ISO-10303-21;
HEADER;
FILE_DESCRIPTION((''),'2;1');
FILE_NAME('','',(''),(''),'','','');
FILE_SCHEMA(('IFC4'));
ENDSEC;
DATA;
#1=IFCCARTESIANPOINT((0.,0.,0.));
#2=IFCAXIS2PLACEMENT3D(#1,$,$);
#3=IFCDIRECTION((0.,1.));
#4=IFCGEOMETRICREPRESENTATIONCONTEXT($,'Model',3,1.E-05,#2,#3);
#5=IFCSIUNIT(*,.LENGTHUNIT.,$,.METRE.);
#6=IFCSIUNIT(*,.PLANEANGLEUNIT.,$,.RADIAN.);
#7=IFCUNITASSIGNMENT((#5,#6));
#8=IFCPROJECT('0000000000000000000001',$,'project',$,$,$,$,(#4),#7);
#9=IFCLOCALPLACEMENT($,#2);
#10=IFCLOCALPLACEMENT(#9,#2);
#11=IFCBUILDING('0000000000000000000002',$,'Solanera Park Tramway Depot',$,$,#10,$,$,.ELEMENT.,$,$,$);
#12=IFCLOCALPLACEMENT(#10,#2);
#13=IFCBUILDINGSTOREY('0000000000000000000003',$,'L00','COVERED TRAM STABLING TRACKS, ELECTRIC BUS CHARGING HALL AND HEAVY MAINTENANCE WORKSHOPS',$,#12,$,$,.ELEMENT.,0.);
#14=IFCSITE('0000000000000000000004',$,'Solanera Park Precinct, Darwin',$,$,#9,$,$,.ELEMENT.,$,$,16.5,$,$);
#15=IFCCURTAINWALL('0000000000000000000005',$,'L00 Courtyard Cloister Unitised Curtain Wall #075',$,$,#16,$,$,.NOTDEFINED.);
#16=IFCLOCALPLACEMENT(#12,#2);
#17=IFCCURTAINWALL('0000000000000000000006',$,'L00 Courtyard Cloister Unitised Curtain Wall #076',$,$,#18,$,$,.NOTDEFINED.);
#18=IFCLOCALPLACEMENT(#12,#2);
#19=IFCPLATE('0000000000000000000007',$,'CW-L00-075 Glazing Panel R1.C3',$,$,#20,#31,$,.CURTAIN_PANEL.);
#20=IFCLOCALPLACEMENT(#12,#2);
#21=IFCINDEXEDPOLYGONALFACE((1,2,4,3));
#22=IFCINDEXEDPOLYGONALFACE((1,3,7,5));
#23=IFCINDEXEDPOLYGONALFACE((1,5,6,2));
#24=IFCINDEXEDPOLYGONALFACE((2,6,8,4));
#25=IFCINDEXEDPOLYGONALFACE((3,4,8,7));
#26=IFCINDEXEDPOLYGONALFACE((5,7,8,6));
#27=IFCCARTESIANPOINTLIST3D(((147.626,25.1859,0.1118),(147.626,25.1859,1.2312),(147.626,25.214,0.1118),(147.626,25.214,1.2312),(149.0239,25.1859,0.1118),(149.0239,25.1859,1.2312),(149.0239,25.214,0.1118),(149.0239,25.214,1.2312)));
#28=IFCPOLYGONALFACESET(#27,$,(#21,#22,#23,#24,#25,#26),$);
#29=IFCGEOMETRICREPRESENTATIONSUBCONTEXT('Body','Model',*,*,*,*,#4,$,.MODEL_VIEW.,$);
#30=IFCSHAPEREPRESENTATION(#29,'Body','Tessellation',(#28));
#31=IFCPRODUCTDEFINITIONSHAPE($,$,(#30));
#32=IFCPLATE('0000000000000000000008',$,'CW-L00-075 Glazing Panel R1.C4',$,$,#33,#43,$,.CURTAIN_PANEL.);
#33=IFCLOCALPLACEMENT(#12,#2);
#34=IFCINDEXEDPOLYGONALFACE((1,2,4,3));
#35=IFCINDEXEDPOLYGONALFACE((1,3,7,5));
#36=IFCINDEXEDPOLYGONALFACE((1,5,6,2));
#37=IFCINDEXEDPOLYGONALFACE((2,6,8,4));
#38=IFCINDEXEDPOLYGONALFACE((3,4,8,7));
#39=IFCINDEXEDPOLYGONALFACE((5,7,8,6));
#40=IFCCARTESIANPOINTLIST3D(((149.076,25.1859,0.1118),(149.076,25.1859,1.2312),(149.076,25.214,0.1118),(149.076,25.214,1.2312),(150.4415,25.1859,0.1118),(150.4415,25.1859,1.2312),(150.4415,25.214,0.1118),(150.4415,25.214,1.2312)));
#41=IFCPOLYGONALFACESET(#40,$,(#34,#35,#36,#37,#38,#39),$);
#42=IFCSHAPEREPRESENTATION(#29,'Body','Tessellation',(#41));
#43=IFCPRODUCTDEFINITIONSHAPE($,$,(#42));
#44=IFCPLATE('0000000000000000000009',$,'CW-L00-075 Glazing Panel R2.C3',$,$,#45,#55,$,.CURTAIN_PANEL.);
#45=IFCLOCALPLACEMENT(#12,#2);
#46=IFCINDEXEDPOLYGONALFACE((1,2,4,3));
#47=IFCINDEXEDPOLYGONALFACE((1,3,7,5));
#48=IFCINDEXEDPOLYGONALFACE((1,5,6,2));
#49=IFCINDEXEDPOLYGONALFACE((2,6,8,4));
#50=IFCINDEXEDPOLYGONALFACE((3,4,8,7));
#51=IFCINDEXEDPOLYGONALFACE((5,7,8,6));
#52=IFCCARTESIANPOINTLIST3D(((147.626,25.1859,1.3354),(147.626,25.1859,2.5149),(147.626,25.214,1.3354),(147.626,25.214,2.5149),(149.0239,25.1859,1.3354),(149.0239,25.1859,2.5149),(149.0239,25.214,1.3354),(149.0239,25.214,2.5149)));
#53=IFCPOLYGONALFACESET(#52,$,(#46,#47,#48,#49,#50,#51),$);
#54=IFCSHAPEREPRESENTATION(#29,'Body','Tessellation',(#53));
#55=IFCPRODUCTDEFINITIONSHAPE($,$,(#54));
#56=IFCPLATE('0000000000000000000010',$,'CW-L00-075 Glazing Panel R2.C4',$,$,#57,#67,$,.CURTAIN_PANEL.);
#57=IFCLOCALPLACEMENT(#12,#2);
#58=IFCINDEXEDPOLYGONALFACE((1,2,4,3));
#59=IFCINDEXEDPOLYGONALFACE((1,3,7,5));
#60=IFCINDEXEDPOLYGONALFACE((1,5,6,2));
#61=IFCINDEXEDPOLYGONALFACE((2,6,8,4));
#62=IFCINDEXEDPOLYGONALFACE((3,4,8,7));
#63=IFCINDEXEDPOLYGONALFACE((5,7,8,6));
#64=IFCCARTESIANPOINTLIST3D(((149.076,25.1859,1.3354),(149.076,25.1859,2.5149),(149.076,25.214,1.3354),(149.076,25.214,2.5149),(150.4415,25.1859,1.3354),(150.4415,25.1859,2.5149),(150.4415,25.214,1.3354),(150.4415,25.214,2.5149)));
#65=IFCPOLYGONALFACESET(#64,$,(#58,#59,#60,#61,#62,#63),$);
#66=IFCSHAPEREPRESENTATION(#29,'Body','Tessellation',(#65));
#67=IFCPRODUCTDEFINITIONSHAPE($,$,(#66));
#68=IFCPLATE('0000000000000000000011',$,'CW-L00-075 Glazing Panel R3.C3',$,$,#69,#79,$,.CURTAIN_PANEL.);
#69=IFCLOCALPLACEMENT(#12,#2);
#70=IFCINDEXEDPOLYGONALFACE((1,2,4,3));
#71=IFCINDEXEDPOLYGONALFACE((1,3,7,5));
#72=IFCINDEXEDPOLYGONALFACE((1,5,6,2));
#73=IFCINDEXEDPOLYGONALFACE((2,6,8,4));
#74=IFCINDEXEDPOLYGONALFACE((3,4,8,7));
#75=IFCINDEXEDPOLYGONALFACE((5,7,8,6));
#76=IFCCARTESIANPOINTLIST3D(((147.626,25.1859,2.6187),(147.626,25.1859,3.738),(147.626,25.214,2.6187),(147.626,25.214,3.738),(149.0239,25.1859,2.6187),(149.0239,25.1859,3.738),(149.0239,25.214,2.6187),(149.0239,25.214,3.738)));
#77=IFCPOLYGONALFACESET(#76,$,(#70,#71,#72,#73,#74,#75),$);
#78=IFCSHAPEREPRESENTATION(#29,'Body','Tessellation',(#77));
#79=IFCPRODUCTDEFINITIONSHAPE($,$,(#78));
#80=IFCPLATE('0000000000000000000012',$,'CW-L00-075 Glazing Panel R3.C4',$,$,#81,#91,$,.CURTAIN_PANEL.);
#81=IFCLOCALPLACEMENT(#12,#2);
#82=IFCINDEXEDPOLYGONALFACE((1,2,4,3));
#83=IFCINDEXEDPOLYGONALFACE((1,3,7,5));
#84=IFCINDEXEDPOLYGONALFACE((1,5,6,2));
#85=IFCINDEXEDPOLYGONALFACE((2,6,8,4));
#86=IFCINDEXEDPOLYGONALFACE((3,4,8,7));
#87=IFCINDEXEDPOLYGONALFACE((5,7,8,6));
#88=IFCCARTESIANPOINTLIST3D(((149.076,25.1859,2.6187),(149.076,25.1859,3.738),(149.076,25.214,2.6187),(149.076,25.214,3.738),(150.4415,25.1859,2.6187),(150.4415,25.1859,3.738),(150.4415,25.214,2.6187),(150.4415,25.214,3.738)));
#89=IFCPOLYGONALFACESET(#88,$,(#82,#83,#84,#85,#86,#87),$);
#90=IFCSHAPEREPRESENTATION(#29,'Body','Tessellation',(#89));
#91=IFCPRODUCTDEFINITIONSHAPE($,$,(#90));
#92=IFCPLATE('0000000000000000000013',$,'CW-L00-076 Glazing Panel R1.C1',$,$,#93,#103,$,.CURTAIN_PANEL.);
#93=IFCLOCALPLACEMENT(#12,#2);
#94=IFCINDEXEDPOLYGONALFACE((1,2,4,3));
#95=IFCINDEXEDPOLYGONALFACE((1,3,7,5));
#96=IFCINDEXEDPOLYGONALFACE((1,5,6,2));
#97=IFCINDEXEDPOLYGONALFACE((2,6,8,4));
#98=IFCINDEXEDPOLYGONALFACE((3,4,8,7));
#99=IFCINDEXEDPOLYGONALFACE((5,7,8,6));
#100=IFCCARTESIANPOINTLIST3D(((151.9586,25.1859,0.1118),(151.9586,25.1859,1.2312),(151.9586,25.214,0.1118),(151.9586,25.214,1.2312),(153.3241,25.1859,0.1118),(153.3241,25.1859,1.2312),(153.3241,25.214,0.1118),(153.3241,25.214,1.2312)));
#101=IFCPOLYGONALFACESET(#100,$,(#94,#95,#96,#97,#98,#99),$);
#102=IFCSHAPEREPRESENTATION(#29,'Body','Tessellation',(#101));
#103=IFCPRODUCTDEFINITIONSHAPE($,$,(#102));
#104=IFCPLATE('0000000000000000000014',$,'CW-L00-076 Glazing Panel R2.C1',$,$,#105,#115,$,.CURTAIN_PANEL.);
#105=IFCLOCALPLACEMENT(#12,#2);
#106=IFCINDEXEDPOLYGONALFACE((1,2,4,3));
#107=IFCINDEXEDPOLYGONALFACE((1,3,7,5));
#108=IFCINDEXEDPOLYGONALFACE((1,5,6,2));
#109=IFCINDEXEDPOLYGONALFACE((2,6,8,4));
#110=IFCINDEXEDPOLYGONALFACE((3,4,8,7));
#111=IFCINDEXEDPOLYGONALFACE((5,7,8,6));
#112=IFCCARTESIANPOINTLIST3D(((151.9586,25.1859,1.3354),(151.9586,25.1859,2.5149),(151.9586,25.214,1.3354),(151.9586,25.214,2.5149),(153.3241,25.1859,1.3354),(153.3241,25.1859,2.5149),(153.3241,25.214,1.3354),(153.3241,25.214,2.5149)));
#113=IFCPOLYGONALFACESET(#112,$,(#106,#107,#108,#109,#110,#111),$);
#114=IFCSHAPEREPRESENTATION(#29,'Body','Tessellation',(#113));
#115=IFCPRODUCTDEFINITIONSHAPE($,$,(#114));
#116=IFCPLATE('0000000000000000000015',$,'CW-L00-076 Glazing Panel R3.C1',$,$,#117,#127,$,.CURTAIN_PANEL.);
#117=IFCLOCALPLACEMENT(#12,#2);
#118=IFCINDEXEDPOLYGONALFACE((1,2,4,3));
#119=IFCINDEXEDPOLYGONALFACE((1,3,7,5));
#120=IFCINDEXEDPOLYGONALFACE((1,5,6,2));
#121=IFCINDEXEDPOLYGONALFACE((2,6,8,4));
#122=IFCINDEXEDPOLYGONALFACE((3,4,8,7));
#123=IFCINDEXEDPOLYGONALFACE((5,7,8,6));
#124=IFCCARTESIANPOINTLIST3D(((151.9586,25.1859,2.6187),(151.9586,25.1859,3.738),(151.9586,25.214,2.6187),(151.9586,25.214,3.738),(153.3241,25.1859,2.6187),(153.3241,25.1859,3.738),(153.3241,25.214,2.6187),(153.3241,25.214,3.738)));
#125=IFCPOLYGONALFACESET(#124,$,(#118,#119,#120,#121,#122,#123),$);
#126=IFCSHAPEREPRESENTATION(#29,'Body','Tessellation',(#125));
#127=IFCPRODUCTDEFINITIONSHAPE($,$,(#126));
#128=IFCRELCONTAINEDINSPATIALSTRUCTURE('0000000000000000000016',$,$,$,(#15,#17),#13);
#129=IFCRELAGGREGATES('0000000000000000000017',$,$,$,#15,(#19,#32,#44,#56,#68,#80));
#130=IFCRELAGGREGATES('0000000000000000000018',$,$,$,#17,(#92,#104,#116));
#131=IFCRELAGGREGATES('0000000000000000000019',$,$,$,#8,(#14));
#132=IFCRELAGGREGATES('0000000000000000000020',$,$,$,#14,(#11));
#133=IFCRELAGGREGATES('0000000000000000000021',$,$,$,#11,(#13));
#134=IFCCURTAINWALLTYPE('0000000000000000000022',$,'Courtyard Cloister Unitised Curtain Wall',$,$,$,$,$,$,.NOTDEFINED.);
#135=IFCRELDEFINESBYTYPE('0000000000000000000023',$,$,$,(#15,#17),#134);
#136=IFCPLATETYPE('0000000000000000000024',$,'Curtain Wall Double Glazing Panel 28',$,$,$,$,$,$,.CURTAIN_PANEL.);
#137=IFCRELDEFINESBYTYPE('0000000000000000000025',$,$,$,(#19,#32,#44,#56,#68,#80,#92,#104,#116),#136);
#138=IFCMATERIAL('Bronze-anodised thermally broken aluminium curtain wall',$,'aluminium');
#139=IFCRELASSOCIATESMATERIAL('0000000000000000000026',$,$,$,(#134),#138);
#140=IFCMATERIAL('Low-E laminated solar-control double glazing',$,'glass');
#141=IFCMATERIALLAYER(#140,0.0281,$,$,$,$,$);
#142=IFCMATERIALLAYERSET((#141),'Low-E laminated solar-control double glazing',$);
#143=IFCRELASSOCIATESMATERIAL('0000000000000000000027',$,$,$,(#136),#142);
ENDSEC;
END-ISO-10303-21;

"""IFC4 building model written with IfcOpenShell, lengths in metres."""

from ifc_helpers import new_model, si_unit, direction, frame, origin, origin_2d, place, context, subcontext, project, spatial, rectangle, extrude, material, layer, layer_set, type_object, element, aggregate, save


model = new_model("IFC4")

# Units and contexts
model_context = context("Model", 3, precision=1e-05, world=origin(), true_north=direction((0.0, 1.0)))
body_context = subcontext(model_context, "Body", "Model", "MODEL_VIEW")
ifc_project = project(units=[si_unit("LENGTHUNIT", "METRE"), si_unit("PLANEANGLEUNIT", "RADIAN")], contexts=[model_context])

# Site, building, storey
site_placement = place(None, origin())
site = spatial("IfcSite", under=ifc_project, at=site_placement, Name="Solanera Park Precinct, Darwin", CompositionType="ELEMENT", RefElevation=16.5)
building_placement = place(site_placement, origin())
building = spatial("IfcBuilding", under=site, at=building_placement, Name="Solanera Park Tramway Depot", CompositionType="ELEMENT")
storey_placement = place(building_placement, origin())
storey = spatial("IfcBuildingStorey", under=building, at=storey_placement, Name="L00", Description="COVERED TRAM STABLING TRACKS, ELECTRIC BUS CHARGING HALL AND HEAVY MAINTENANCE WORKSHOPS", CompositionType="ELEMENT", Elevation=0.0)

# Curtain walls
ifc_material_1 = material(Name="Bronze-anodised thermally broken aluminium curtain wall", Category="aluminium")
curtain_wall_type = type_object("IfcCurtainWallType", Name="Courtyard Cloister Unitised Curtain Wall", PredefinedType="NOTDEFINED", material=ifc_material_1)
curtain_wall_1_placement = place(storey_placement, origin())
curtain_wall_1 = element("IfcCurtainWall", 1, at=curtain_wall_1_placement, inside=storey, type_object=curtain_wall_type, Name="L00 Courtyard Cloister Unitised Curtain Wall #075", PredefinedType="NOTDEFINED")
curtain_wall_2_placement = place(storey_placement, origin())
curtain_wall_2 = element("IfcCurtainWall", 2, at=curtain_wall_2_placement, inside=storey, type_object=curtain_wall_type, Name="L00 Courtyard Cloister Unitised Curtain Wall #076", PredefinedType="NOTDEFINED")

# Plates
ifc_material_2 = material(Name="Low-E laminated solar-control double glazing", Category="glass")
ifc_layer = layer(ifc_material_2, 0.0281)
ifc_layer_set = layer_set([ifc_layer], Name="Low-E laminated solar-control double glazing")
plate_type = type_object("IfcPlateType", Name="Curtain Wall Double Glazing Panel 28", PredefinedType="CURTAIN_PANEL", material=ifc_layer_set)
plate_1_placement = place(storey_placement, frame((148.325, 25.2, 0.1118), z_axis=(0.0, 0.0, 1.0), x_axis=(1.0, 0.0, 0.0)))
plate_1 = element("IfcPlate", 3, at=plate_1_placement, type_object=plate_type, Name="CW-L00-075 Glazing Panel R1.C3", PredefinedType="CURTAIN_PANEL", context=body_context, shape_type="SweptSolid", body=[
    extrude(rectangle(XDim=1.3979, YDim=0.0281, at=origin_2d()), origin(), (0.0, 0.0, 1.0), 1.1194),
])
plate_2_placement = place(storey_placement, frame((149.7588, 25.2, 0.1118), z_axis=(0.0, 0.0, 1.0), x_axis=(1.0, 0.0, 0.0)))
plate_2 = element("IfcPlate", 4, at=plate_2_placement, type_object=plate_type, Name="CW-L00-075 Glazing Panel R1.C4", PredefinedType="CURTAIN_PANEL", context=body_context, shape_type="SweptSolid", body=[
    extrude(rectangle(XDim=1.3655, YDim=0.0281, at=origin_2d()), origin(), (0.0, 0.0, 1.0), 1.1194),
])
plate_3_placement = place(storey_placement, frame((148.325, 25.2, 1.3354), z_axis=(0.0, 0.0, 1.0), x_axis=(1.0, 0.0, 0.0)))
plate_3 = element("IfcPlate", 5, at=plate_3_placement, type_object=plate_type, Name="CW-L00-075 Glazing Panel R2.C3", PredefinedType="CURTAIN_PANEL", context=body_context, shape_type="SweptSolid", body=[
    extrude(rectangle(XDim=1.3979, YDim=0.0281, at=origin_2d()), origin(), (0.0, 0.0, 1.0), 1.1794),
])
plate_4_placement = place(storey_placement, frame((149.7588, 25.2, 1.3354), z_axis=(0.0, 0.0, 1.0), x_axis=(1.0, 0.0, 0.0)))
plate_4 = element("IfcPlate", 6, at=plate_4_placement, type_object=plate_type, Name="CW-L00-075 Glazing Panel R2.C4", PredefinedType="CURTAIN_PANEL", context=body_context, shape_type="SweptSolid", body=[
    extrude(rectangle(XDim=1.3655, YDim=0.0281, at=origin_2d()), origin(), (0.0, 0.0, 1.0), 1.1794),
])
plate_5_placement = place(storey_placement, frame((148.325, 25.2, 2.6187), z_axis=(0.0, 0.0, 1.0), x_axis=(1.0, 0.0, 0.0)))
plate_5 = element("IfcPlate", 7, at=plate_5_placement, type_object=plate_type, Name="CW-L00-075 Glazing Panel R3.C3", PredefinedType="CURTAIN_PANEL", context=body_context, shape_type="SweptSolid", body=[
    extrude(rectangle(XDim=1.3979, YDim=0.0281, at=origin_2d()), origin(), (0.0, 0.0, 1.0), 1.1194),
])
plate_6_placement = place(storey_placement, frame((149.7588, 25.2, 2.6187), z_axis=(0.0, 0.0, 1.0), x_axis=(1.0, 0.0, 0.0)))
plate_6 = element("IfcPlate", 8, at=plate_6_placement, type_object=plate_type, Name="CW-L00-075 Glazing Panel R3.C4", PredefinedType="CURTAIN_PANEL", context=body_context, shape_type="SweptSolid", body=[
    extrude(rectangle(XDim=1.3655, YDim=0.0281, at=origin_2d()), origin(), (0.0, 0.0, 1.0), 1.1194),
])
aggregate(curtain_wall_1, [plate_1, plate_2, plate_3, plate_4, plate_5, plate_6])
plate_7_placement = place(storey_placement, frame((152.6414, 25.2, 0.1118), z_axis=(0.0, 0.0, 1.0), x_axis=(1.0, 0.0, 0.0)))
plate_7 = element("IfcPlate", 9, at=plate_7_placement, type_object=plate_type, Name="CW-L00-076 Glazing Panel R1.C1", PredefinedType="CURTAIN_PANEL", context=body_context, shape_type="SweptSolid", body=[
    extrude(rectangle(XDim=1.3655, YDim=0.0281, at=origin_2d()), origin(), (0.0, 0.0, 1.0), 1.1194),
])
plate_8_placement = place(storey_placement, frame((152.6414, 25.2, 1.3354), z_axis=(0.0, 0.0, 1.0), x_axis=(1.0, 0.0, 0.0)))
plate_8 = element("IfcPlate", 10, at=plate_8_placement, type_object=plate_type, Name="CW-L00-076 Glazing Panel R2.C1", PredefinedType="CURTAIN_PANEL", context=body_context, shape_type="SweptSolid", body=[
    extrude(rectangle(XDim=1.3655, YDim=0.0281, at=origin_2d()), origin(), (0.0, 0.0, 1.0), 1.1794),
])
plate_9_placement = place(storey_placement, frame((152.6414, 25.2, 2.6187), z_axis=(0.0, 0.0, 1.0), x_axis=(1.0, 0.0, 0.0)))
plate_9 = element("IfcPlate", 11, at=plate_9_placement, type_object=plate_type, Name="CW-L00-076 Glazing Panel R3.C1", PredefinedType="CURTAIN_PANEL", context=body_context, shape_type="SweptSolid", body=[
    extrude(rectangle(XDim=1.3655, YDim=0.0281, at=origin_2d()), origin(), (0.0, 0.0, 1.0), 1.1194),
])
aggregate(curtain_wall_2, [plate_7, plate_8, plate_9])

save(model, "model.ifc")
